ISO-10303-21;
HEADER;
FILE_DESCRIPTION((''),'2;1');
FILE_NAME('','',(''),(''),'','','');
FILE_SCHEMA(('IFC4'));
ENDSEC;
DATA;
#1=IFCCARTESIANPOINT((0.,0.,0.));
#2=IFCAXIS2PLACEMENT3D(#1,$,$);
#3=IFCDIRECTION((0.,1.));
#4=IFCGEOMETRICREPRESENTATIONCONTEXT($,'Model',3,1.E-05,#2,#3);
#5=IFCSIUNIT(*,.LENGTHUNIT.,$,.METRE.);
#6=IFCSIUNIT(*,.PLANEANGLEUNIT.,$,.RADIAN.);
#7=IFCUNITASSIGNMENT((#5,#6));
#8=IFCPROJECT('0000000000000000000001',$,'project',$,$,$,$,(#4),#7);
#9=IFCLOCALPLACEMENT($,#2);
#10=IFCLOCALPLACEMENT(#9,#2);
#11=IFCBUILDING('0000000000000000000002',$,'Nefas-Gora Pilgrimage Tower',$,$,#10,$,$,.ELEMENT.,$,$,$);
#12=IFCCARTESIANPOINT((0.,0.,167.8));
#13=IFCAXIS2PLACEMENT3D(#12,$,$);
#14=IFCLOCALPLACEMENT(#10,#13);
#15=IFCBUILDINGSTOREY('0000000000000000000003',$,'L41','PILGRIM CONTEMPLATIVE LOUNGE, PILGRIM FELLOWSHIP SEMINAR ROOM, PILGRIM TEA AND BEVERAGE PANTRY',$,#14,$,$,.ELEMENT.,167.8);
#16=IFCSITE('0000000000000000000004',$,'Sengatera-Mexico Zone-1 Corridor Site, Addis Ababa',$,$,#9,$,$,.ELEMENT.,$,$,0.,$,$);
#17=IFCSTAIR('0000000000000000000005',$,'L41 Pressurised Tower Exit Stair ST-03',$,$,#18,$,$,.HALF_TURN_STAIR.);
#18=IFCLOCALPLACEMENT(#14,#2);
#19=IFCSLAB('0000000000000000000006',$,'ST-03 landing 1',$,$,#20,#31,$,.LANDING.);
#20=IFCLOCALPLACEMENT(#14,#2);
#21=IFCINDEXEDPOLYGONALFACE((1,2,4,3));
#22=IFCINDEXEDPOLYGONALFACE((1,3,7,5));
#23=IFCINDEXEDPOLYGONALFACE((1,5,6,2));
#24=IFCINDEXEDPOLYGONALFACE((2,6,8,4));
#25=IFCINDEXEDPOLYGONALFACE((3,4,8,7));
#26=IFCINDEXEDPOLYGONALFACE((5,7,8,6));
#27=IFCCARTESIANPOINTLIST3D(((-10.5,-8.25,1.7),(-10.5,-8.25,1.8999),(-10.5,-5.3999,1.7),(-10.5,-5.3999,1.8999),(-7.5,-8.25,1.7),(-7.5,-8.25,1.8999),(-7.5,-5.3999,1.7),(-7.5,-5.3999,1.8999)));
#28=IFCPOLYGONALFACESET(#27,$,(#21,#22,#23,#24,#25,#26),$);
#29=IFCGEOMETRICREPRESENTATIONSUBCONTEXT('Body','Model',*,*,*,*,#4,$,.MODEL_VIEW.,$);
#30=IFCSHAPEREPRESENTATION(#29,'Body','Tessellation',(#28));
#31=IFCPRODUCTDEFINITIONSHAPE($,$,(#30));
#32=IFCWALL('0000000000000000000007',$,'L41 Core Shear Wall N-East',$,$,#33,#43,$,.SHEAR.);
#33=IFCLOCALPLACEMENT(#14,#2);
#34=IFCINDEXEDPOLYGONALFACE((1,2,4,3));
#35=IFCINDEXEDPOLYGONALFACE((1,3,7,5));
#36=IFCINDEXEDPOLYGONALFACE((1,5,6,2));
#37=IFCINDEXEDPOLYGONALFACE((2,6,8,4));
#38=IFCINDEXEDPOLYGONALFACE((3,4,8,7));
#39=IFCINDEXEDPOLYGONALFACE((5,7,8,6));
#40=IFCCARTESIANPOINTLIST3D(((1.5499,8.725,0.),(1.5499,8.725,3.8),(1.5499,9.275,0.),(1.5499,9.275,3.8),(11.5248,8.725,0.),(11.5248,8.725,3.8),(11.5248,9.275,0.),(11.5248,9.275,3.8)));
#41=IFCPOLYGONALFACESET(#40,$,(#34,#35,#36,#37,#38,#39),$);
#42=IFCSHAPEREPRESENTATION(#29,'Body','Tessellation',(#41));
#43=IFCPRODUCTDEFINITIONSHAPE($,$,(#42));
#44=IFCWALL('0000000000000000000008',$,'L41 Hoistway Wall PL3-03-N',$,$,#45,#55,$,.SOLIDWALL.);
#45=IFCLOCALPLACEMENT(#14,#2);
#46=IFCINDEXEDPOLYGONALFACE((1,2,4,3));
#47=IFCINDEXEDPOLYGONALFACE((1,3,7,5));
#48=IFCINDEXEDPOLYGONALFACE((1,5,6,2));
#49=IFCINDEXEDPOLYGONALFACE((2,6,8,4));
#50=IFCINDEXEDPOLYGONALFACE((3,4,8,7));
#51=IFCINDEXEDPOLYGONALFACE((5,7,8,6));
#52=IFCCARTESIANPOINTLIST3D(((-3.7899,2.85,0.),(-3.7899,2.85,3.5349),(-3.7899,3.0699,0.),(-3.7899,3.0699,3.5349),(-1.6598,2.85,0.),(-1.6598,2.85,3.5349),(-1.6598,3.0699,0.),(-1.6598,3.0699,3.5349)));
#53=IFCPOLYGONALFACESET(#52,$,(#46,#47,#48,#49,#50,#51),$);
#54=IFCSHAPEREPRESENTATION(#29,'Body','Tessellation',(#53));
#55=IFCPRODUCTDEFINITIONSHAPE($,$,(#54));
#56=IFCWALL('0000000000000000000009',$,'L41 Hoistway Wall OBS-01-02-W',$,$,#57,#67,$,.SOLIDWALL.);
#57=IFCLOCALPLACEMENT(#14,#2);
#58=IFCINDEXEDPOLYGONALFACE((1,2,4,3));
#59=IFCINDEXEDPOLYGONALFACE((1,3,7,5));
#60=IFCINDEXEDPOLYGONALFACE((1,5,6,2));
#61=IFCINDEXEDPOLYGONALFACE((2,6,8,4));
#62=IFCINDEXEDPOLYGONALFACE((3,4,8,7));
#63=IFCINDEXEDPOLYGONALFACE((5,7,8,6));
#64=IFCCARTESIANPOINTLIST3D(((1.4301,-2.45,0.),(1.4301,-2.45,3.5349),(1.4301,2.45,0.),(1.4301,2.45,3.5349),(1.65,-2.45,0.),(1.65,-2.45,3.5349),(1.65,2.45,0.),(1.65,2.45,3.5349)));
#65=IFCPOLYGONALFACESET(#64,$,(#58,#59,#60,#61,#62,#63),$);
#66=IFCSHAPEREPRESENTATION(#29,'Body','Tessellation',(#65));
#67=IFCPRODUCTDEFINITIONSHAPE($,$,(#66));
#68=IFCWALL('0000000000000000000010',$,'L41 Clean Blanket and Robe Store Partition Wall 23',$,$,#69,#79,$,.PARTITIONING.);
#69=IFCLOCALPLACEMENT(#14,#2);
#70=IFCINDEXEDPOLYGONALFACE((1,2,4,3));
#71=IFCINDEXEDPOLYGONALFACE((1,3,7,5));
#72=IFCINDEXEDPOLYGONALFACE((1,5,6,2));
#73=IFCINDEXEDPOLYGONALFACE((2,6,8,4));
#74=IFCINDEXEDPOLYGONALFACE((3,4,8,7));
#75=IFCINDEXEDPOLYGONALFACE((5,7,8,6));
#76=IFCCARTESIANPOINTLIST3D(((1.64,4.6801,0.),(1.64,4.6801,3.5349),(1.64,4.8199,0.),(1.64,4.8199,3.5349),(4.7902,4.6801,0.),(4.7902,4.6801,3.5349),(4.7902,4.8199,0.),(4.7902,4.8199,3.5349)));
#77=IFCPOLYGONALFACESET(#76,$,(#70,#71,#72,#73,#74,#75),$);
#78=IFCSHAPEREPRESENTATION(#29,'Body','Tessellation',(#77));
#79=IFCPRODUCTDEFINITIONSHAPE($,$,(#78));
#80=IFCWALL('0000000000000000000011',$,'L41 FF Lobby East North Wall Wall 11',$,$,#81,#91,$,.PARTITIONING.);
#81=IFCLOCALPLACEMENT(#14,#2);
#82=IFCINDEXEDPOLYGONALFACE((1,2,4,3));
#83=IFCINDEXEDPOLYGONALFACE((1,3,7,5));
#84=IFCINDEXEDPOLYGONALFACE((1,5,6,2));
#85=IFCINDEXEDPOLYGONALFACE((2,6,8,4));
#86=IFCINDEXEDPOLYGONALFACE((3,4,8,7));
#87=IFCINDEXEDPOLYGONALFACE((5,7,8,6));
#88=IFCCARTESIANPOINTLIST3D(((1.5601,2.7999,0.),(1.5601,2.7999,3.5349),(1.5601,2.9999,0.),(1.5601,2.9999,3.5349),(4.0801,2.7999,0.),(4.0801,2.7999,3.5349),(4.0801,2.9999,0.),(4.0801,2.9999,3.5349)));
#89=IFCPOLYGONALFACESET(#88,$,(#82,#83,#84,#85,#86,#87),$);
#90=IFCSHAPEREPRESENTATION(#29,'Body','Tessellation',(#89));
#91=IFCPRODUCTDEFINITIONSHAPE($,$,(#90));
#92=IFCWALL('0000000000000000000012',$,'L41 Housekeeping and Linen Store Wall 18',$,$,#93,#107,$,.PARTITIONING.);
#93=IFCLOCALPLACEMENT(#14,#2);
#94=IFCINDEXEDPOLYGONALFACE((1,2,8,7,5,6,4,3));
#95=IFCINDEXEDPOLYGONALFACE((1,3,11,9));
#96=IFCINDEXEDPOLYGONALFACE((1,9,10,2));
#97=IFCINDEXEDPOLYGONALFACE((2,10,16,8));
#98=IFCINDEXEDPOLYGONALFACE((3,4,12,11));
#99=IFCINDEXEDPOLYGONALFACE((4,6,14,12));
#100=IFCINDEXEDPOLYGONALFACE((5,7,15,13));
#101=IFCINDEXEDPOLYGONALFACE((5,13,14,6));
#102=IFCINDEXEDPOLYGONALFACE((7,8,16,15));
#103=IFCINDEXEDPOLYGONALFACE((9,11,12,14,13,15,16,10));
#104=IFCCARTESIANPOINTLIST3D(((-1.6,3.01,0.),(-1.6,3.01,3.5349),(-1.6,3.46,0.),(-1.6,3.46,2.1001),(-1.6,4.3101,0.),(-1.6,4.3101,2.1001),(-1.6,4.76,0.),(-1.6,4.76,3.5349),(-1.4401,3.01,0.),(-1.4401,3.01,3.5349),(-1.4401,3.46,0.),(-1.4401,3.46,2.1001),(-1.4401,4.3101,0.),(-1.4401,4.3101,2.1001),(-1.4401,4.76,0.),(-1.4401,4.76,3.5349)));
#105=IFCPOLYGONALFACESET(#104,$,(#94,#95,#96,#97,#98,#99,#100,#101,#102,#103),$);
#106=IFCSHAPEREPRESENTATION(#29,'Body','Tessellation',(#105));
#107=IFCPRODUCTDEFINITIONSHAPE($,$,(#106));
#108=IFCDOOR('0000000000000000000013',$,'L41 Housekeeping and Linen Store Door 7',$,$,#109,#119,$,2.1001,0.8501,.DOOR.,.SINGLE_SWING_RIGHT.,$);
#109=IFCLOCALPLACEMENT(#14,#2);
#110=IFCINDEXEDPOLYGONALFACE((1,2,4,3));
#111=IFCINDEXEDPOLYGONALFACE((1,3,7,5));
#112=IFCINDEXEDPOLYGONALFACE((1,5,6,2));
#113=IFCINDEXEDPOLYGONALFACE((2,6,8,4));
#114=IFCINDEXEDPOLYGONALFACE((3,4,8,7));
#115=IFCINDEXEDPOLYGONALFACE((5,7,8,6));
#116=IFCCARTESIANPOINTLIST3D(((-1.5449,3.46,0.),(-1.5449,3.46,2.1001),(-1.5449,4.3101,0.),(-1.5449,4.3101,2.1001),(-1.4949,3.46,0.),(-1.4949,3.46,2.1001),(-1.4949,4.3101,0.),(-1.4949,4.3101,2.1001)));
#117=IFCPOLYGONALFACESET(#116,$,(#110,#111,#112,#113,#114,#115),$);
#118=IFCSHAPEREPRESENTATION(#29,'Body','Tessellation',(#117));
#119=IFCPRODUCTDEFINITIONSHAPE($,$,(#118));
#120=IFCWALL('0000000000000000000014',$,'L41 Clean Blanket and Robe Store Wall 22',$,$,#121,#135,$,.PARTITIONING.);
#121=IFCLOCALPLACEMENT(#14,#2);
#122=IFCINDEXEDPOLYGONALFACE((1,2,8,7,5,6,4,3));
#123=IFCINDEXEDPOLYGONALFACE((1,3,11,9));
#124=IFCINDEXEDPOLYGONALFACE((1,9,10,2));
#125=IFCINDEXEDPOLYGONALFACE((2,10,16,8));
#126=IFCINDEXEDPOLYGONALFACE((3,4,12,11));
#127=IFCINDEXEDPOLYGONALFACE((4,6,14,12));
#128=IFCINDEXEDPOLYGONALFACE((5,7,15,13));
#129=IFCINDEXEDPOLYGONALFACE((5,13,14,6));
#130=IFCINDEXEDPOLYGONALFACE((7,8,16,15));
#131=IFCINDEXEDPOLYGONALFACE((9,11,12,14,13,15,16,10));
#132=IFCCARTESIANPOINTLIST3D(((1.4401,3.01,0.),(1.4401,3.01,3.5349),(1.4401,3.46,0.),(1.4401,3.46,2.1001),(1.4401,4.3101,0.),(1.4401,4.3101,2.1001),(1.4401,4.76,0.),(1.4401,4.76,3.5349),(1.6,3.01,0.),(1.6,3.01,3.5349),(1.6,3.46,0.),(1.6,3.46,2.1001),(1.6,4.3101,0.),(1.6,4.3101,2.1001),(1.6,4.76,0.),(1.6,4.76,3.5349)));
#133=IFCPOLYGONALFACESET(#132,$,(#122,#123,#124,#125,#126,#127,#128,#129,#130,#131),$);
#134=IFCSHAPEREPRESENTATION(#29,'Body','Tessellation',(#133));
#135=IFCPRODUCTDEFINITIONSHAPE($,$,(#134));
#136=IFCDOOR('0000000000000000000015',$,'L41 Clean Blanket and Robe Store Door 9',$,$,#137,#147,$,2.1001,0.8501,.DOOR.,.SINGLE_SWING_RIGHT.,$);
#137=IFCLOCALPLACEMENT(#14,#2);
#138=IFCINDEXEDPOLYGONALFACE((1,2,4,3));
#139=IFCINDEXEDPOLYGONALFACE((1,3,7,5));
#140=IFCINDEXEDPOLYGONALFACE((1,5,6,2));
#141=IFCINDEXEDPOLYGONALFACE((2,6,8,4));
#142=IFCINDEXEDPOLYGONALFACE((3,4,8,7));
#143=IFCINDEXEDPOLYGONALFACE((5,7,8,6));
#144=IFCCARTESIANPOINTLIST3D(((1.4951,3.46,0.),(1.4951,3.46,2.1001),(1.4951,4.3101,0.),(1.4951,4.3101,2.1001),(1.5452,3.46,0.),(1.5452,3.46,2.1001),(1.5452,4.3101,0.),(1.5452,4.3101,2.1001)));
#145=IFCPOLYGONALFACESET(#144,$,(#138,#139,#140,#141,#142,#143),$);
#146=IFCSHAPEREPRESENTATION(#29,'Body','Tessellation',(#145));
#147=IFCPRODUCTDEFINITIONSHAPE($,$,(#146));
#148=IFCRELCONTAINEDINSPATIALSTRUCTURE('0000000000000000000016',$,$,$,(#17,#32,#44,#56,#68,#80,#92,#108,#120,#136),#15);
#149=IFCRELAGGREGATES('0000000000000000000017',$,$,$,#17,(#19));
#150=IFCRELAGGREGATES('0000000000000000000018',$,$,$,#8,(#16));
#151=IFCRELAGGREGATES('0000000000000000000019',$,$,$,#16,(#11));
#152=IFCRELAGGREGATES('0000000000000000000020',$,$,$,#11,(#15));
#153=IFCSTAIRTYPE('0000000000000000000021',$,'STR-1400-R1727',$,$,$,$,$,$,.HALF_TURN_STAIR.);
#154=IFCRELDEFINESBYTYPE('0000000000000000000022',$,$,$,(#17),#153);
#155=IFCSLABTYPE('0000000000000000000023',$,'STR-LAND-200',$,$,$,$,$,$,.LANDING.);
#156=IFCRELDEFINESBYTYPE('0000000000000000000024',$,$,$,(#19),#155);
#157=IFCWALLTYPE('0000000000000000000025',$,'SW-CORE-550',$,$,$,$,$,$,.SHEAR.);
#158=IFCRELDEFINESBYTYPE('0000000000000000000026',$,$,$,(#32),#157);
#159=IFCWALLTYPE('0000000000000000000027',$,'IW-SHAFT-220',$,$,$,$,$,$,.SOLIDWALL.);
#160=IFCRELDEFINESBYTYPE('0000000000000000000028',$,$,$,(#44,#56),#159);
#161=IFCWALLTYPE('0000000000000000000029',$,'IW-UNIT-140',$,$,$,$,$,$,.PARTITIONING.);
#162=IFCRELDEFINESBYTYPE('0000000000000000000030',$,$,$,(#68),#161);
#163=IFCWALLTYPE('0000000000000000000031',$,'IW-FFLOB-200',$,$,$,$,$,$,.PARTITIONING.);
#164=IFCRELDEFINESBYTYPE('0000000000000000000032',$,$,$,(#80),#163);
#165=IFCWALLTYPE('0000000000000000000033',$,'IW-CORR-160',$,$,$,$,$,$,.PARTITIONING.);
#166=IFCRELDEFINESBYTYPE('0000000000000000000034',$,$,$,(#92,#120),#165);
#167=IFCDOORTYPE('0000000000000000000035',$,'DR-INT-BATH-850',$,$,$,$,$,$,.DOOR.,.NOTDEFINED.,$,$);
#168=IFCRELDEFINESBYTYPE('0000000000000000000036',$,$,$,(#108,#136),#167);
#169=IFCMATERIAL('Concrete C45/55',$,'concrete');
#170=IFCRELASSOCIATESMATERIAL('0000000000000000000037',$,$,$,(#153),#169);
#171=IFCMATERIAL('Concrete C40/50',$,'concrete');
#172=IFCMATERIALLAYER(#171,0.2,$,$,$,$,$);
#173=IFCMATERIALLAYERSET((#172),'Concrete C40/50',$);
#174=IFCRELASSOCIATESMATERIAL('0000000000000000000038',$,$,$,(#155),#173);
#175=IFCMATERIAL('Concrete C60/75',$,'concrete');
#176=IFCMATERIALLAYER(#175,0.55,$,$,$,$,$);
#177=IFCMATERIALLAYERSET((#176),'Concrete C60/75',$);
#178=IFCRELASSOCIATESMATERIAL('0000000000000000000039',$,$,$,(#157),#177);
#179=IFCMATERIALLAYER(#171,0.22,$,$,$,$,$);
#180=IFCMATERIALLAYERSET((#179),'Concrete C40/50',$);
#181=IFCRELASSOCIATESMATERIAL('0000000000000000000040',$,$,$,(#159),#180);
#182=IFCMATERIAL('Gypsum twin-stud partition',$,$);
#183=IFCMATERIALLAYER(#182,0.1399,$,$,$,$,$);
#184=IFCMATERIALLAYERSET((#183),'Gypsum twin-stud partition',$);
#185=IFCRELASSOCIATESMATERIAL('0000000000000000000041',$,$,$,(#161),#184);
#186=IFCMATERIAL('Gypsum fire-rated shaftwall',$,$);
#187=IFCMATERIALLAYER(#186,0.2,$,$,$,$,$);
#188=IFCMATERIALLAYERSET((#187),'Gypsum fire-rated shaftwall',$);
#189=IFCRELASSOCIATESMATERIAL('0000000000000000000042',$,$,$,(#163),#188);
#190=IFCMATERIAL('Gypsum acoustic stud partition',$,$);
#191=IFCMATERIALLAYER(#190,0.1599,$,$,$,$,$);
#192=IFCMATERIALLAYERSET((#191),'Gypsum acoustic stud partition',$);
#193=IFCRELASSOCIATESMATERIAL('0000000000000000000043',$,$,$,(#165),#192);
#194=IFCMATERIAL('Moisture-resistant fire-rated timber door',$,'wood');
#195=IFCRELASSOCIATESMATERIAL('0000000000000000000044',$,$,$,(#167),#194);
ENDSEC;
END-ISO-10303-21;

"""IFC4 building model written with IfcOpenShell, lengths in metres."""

from ifc_helpers import new_model, si_unit, direction, frame, frame_2d, origin, place, context, subcontext, project, spatial, polyline, rectangle, outline, extrude, source, transform, mapped, material, layer, layer_set, type_object, element, fill, aggregate, save


model = new_model("IFC4")

# Units and contexts
model_context = context("Model", 3, precision=1e-05, world=origin(), true_north=direction((0.0, 1.0)))
body_context = subcontext(model_context, "Body", "Model", "MODEL_VIEW")
ifc_project = project(units=[si_unit("LENGTHUNIT", "METRE"), si_unit("PLANEANGLEUNIT", "RADIAN")], contexts=[model_context])

# Site, building, storey
site_placement = place(None, origin())
site = spatial("IfcSite", under=ifc_project, at=site_placement, Name="Sengatera-Mexico Zone-1 Corridor Site, Addis Ababa", CompositionType="ELEMENT", RefElevation=0.0)
building_placement = place(site_placement, origin())
building = spatial("IfcBuilding", under=site, at=building_placement, Name="Nefas-Gora Pilgrimage Tower", CompositionType="ELEMENT")
storey_placement = place(building_placement, frame((0.0, 0.0, 167.8)))
storey = spatial("IfcBuildingStorey", under=building, at=storey_placement, Name="L41", Description="PILGRIM CONTEMPLATIVE LOUNGE, PILGRIM FELLOWSHIP SEMINAR ROOM, PILGRIM TEA AND BEVERAGE PANTRY", CompositionType="ELEMENT", Elevation=167.8)

# Shared definitions
ifc_material_1 = material(Name="Concrete C60/75", Category="concrete")

# Shared definitions
ifc_material_2 = material(Name="Concrete C40/50", Category="concrete")

# Stair, slab
ifc_material_3 = material(Name="Concrete C45/55", Category="concrete")
stair_type = type_object("IfcStairType", Name="STR-1400-R1727", PredefinedType="HALF_TURN_STAIR", material=ifc_material_3)
ifc_layer_1 = layer(ifc_material_2, 0.2)
ifc_layer_set_1 = layer_set([ifc_layer_1], Name="Concrete C40/50")
slab_type_1 = type_object("IfcSlabType", Name="STR-LAND-200", PredefinedType="LANDING", material=ifc_layer_set_1)
stair_1_placement = place(storey_placement, origin())
stair_1 = element("IfcStair", 1, at=stair_1_placement, inside=storey, type_object=stair_type, Name="L41 Pressurised Tower Exit Stair ST-03", PredefinedType="HALF_TURN_STAIR")
slab_1_placement = place(storey_placement, frame((0.0, 0.0, 1.7)))
slab_1 = element("IfcSlab", 2, at=slab_1_placement, type_object=slab_type_1, Name="ST-03 landing 1", PredefinedType="LANDING", context=body_context, shape_type="SweptSolid", body=[
    extrude(outline(polyline([(-10.5, -5.3999), (-10.5, -8.25), (-7.5, -8.25), (-7.5, -5.3999), (-10.5, -5.3999)])), origin(), (0.0, 0.0, 1.0), 0.2),
])
aggregate(stair_1, [slab_1])

# Walls
ifc_layer_2 = layer(ifc_material_1, 0.55)
ifc_layer_set_2 = layer_set([ifc_layer_2], Name="Concrete C60/75")
wall_type_1 = type_object("IfcWallType", Name="SW-CORE-550", PredefinedType="SHEAR", material=ifc_layer_set_2)
shared_shape_1 = source(origin(), body_context, "Body", "SweptSolid", [
    extrude(rectangle(XDim=9.9749, YDim=0.55, at=frame_2d((4.9873, 0.0))), origin(), (0.0, 0.0, 1.0), 3.8),
])
wall_1_placement = place(storey_placement, frame((1.55, 9.0, 0.0), z_axis=(0.0, 0.0, 1.0), x_axis=(1.0, 0.0, 0.0)))
element("IfcWall", 3, at=wall_1_placement, inside=storey, type_object=wall_type_1, Name="L41 Core Shear Wall N-East", PredefinedType="SHEAR", context=body_context, shape_type="MappedRepresentation", body=[
    mapped(shared_shape_1, transform((0.0, 0.0, 0.0), x_axis=(1.0, 0.0, 0.0), y_axis=(0.0, 1.0, 0.0), z_axis=(0.0, 0.0, 1.0), scale=1.0)),
])
ifc_layer_3 = layer(ifc_material_2, 0.22)
ifc_layer_set_3 = layer_set([ifc_layer_3], Name="Concrete C40/50")
wall_type_2 = type_object("IfcWallType", Name="IW-SHAFT-220", PredefinedType="SOLIDWALL", material=ifc_layer_set_3)
shared_shape_2 = source(origin(), body_context, "Body", "SweptSolid", [
    extrude(rectangle(XDim=2.1301, YDim=0.22, at=frame_2d((1.0649, 0.0))), origin(), (0.0, 0.0, 1.0), 3.5349),
])
wall_2_placement = place(storey_placement, frame((-1.6599, 2.96, 0.0), z_axis=(0.0, 0.0, 1.0), x_axis=(-1.0, 0.0, 0.0)))
element("IfcWall", 4, at=wall_2_placement, inside=storey, type_object=wall_type_2, Name="L41 Hoistway Wall PL3-03-N", PredefinedType="SOLIDWALL", context=body_context, shape_type="MappedRepresentation", body=[
    mapped(shared_shape_2, transform((0.0, 0.0, 0.0), x_axis=(1.0, 0.0, 0.0), y_axis=(0.0, 1.0, 0.0), z_axis=(0.0, 0.0, 1.0), scale=1.0)),
])
shared_shape_3 = source(origin(), body_context, "Body", "SweptSolid", [
    extrude(rectangle(XDim=4.8999, YDim=0.22, at=frame_2d((2.45, 0.0))), origin(), (0.0, 0.0, 1.0), 3.5349),
])
wall_3_placement = place(storey_placement, frame((1.54, 2.45, 0.0), z_axis=(0.0, 0.0, 1.0), x_axis=(0.0, -1.0, 0.0)))
element("IfcWall", 5, at=wall_3_placement, inside=storey, type_object=wall_type_2, Name="L41 Hoistway Wall OBS-01-02-W", PredefinedType="SOLIDWALL", context=body_context, shape_type="MappedRepresentation", body=[
    mapped(shared_shape_3, transform((0.0, 0.0, 0.0), x_axis=(1.0, 0.0, 0.0), y_axis=(0.0, 1.0, 0.0), z_axis=(0.0, 0.0, 1.0), scale=1.0)),
])
ifc_material_4 = material(Name="Gypsum twin-stud partition")
ifc_layer_4 = layer(ifc_material_4, 0.1399)
ifc_layer_set_4 = layer_set([ifc_layer_4], Name="Gypsum twin-stud partition")
wall_type_3 = type_object("IfcWallType", Name="IW-UNIT-140", PredefinedType="PARTITIONING", material=ifc_layer_set_4)
shared_shape_4 = source(origin(), body_context, "Body", "SweptSolid", [
    extrude(rectangle(XDim=3.1501, YDim=0.1399, at=frame_2d((1.5752, 0.0))), origin(), (0.0, 0.0, 1.0), 3.5349),
])
wall_4_placement = place(storey_placement, frame((1.6399, 4.75, 0.0), z_axis=(0.0, 0.0, 1.0), x_axis=(1.0, 0.0, 0.0)))
element("IfcWall", 6, at=wall_4_placement, inside=storey, type_object=wall_type_3, Name="L41 Clean Blanket and Robe Store Partition Wall 23", PredefinedType="PARTITIONING", context=body_context, shape_type="MappedRepresentation", body=[
    mapped(shared_shape_4, transform((0.0, 0.0, 0.0), x_axis=(1.0, 0.0, 0.0), y_axis=(0.0, 1.0, 0.0), z_axis=(0.0, 0.0, 1.0), scale=1.0)),
])
ifc_material_5 = material(Name="Gypsum fire-rated shaftwall")
ifc_layer_5 = layer(ifc_material_5, 0.2)
ifc_layer_set_5 = layer_set([ifc_layer_5], Name="Gypsum fire-rated shaftwall")
wall_type_4 = type_object("IfcWallType", Name="IW-FFLOB-200", PredefinedType="PARTITIONING", material=ifc_layer_set_5)
shared_shape_5 = source(origin(), body_context, "Body", "SweptSolid", [
    extrude(rectangle(XDim=2.52, YDim=0.2, at=frame_2d((1.26, 0.0))), origin(), (0.0, 0.0, 1.0), 3.5349),
])
wall_5_placement = place(storey_placement, frame((1.5601, 2.8999, 0.0), z_axis=(0.0, 0.0, 1.0), x_axis=(1.0, 0.0, 0.0)))
element("IfcWall", 7, at=wall_5_placement, inside=storey, type_object=wall_type_4, Name="L41 FF Lobby East North Wall Wall 11", PredefinedType="PARTITIONING", context=body_context, shape_type="MappedRepresentation", body=[
    mapped(shared_shape_5, transform((0.0, 0.0, 0.0), x_axis=(1.0, 0.0, 0.0), y_axis=(0.0, 1.0, 0.0), z_axis=(0.0, 0.0, 1.0), scale=1.0)),
])

# Walls, openings, doors
ifc_material_6 = material(Name="Gypsum acoustic stud partition")
ifc_layer_6 = layer(ifc_material_6, 0.1599)
ifc_layer_set_6 = layer_set([ifc_layer_6], Name="Gypsum acoustic stud partition")
wall_type_5 = type_object("IfcWallType", Name="IW-CORR-160", PredefinedType="PARTITIONING", material=ifc_layer_set_6)
shared_shape_6 = source(origin(), body_context, "Body", "SweptSolid", [
    extrude(rectangle(XDim=1.75, YDim=0.1599, at=frame_2d((0.875, 0.0))), origin(), (0.0, 0.0, 1.0), 3.5349),
])
wall_6_placement = place(storey_placement, frame((-1.52, 3.01, 0.0), z_axis=(0.0, 0.0, 1.0), x_axis=(0.0, 1.0, 0.0)))
wall_6 = element("IfcWall", 8, at=wall_6_placement, inside=storey, type_object=wall_type_5, Name="L41 Housekeeping and Linen Store Wall 18", PredefinedType="PARTITIONING", context=body_context, shape_type="MappedRepresentation", body=[
    mapped(shared_shape_6, transform((0.0, 0.0, 0.0), x_axis=(1.0, 0.0, 0.0), y_axis=(0.0, 1.0, 0.0), z_axis=(0.0, 0.0, 1.0), scale=1.0)),
])
opening_1_placement = place(wall_6_placement, frame((0.45, 0.0, 0.0)))
opening_1 = element("IfcOpeningElement", 9, at=opening_1_placement, cuts=wall_6, PredefinedType="OPENING", context=body_context, shape_type="SweptSolid", body=[
    extrude(rectangle(XDim=0.8501, YDim=2.1001, at=frame_2d((0.425, 1.05))), frame((0.0, 0.0898, 0.0), z_axis=(0.0, -1.0, 0.0), x_axis=(1.0, 0.0, 0.0)), (0.0, 0.0, 1.0), 0.1799),
])
ifc_material_7 = material(Name="Moisture-resistant fire-rated timber door", Category="wood")
door_type = type_object("IfcDoorType", Name="DR-INT-BATH-850", OperationType="NOTDEFINED", PredefinedType="DOOR", material=ifc_material_7)
shared_shape_7 = source(origin(), body_context, "Body", "SweptSolid", [
    extrude(rectangle(XDim=0.8501, YDim=2.1001, at=frame_2d((0.425, 1.05))), frame((0.0, 0.0249, 0.0), z_axis=(0.0, -1.0, 0.0), x_axis=(1.0, 0.0, 0.0)), (0.0, 0.0, 1.0), 0.05),
])
door_1_placement = place(opening_1_placement, origin())
door_1 = element("IfcDoor", 10, at=door_1_placement, inside=storey, type_object=door_type, Name="L41 Housekeeping and Linen Store Door 7", OperationType="SINGLE_SWING_RIGHT", OverallHeight=2.1001, OverallWidth=0.8501, PredefinedType="DOOR", context=body_context, shape_type="MappedRepresentation", body=[
    mapped(shared_shape_7, transform((0.0, 0.0, 0.0), x_axis=(1.0, 0.0, 0.0), y_axis=(0.0, 1.0, 0.0), z_axis=(0.0, 0.0, 1.0), scale=1.0)),
])
fill(opening_1, door_1)
wall_7_placement = place(storey_placement, frame((1.52, 3.01, 0.0), z_axis=(0.0, 0.0, 1.0), x_axis=(0.0, 1.0, 0.0)))
wall_7 = element("IfcWall", 11, at=wall_7_placement, inside=storey, type_object=wall_type_5, Name="L41 Clean Blanket and Robe Store Wall 22", PredefinedType="PARTITIONING", context=body_context, shape_type="MappedRepresentation", body=[
    mapped(shared_shape_6, transform((0.0, 0.0, 0.0), x_axis=(1.0, 0.0, 0.0), y_axis=(0.0, 1.0, 0.0), z_axis=(0.0, 0.0, 1.0), scale=1.0)),
])
opening_2_placement = place(wall_7_placement, frame((0.45, 0.0, 0.0)))
opening_2 = element("IfcOpeningElement", 12, at=opening_2_placement, cuts=wall_7, PredefinedType="OPENING", context=body_context, shape_type="SweptSolid", body=[
    extrude(rectangle(XDim=0.8501, YDim=2.1001, at=frame_2d((0.425, 1.05))), frame((0.0, 0.0898, 0.0), z_axis=(0.0, -1.0, 0.0), x_axis=(1.0, 0.0, 0.0)), (0.0, 0.0, 1.0), 0.1799),
])
door_2_placement = place(opening_2_placement, origin())
door_2 = element("IfcDoor", 13, at=door_2_placement, inside=storey, type_object=door_type, Name="L41 Clean Blanket and Robe Store Door 9", OperationType="SINGLE_SWING_RIGHT", OverallHeight=2.1001, OverallWidth=0.8501, PredefinedType="DOOR", context=body_context, shape_type="MappedRepresentation", body=[
    mapped(shared_shape_7, transform((0.0, 0.0, 0.0), x_axis=(1.0, 0.0, 0.0), y_axis=(0.0, 1.0, 0.0), z_axis=(0.0, 0.0, 1.0), scale=1.0)),
])
fill(opening_2, door_2)

save(model, "model.ifc")
